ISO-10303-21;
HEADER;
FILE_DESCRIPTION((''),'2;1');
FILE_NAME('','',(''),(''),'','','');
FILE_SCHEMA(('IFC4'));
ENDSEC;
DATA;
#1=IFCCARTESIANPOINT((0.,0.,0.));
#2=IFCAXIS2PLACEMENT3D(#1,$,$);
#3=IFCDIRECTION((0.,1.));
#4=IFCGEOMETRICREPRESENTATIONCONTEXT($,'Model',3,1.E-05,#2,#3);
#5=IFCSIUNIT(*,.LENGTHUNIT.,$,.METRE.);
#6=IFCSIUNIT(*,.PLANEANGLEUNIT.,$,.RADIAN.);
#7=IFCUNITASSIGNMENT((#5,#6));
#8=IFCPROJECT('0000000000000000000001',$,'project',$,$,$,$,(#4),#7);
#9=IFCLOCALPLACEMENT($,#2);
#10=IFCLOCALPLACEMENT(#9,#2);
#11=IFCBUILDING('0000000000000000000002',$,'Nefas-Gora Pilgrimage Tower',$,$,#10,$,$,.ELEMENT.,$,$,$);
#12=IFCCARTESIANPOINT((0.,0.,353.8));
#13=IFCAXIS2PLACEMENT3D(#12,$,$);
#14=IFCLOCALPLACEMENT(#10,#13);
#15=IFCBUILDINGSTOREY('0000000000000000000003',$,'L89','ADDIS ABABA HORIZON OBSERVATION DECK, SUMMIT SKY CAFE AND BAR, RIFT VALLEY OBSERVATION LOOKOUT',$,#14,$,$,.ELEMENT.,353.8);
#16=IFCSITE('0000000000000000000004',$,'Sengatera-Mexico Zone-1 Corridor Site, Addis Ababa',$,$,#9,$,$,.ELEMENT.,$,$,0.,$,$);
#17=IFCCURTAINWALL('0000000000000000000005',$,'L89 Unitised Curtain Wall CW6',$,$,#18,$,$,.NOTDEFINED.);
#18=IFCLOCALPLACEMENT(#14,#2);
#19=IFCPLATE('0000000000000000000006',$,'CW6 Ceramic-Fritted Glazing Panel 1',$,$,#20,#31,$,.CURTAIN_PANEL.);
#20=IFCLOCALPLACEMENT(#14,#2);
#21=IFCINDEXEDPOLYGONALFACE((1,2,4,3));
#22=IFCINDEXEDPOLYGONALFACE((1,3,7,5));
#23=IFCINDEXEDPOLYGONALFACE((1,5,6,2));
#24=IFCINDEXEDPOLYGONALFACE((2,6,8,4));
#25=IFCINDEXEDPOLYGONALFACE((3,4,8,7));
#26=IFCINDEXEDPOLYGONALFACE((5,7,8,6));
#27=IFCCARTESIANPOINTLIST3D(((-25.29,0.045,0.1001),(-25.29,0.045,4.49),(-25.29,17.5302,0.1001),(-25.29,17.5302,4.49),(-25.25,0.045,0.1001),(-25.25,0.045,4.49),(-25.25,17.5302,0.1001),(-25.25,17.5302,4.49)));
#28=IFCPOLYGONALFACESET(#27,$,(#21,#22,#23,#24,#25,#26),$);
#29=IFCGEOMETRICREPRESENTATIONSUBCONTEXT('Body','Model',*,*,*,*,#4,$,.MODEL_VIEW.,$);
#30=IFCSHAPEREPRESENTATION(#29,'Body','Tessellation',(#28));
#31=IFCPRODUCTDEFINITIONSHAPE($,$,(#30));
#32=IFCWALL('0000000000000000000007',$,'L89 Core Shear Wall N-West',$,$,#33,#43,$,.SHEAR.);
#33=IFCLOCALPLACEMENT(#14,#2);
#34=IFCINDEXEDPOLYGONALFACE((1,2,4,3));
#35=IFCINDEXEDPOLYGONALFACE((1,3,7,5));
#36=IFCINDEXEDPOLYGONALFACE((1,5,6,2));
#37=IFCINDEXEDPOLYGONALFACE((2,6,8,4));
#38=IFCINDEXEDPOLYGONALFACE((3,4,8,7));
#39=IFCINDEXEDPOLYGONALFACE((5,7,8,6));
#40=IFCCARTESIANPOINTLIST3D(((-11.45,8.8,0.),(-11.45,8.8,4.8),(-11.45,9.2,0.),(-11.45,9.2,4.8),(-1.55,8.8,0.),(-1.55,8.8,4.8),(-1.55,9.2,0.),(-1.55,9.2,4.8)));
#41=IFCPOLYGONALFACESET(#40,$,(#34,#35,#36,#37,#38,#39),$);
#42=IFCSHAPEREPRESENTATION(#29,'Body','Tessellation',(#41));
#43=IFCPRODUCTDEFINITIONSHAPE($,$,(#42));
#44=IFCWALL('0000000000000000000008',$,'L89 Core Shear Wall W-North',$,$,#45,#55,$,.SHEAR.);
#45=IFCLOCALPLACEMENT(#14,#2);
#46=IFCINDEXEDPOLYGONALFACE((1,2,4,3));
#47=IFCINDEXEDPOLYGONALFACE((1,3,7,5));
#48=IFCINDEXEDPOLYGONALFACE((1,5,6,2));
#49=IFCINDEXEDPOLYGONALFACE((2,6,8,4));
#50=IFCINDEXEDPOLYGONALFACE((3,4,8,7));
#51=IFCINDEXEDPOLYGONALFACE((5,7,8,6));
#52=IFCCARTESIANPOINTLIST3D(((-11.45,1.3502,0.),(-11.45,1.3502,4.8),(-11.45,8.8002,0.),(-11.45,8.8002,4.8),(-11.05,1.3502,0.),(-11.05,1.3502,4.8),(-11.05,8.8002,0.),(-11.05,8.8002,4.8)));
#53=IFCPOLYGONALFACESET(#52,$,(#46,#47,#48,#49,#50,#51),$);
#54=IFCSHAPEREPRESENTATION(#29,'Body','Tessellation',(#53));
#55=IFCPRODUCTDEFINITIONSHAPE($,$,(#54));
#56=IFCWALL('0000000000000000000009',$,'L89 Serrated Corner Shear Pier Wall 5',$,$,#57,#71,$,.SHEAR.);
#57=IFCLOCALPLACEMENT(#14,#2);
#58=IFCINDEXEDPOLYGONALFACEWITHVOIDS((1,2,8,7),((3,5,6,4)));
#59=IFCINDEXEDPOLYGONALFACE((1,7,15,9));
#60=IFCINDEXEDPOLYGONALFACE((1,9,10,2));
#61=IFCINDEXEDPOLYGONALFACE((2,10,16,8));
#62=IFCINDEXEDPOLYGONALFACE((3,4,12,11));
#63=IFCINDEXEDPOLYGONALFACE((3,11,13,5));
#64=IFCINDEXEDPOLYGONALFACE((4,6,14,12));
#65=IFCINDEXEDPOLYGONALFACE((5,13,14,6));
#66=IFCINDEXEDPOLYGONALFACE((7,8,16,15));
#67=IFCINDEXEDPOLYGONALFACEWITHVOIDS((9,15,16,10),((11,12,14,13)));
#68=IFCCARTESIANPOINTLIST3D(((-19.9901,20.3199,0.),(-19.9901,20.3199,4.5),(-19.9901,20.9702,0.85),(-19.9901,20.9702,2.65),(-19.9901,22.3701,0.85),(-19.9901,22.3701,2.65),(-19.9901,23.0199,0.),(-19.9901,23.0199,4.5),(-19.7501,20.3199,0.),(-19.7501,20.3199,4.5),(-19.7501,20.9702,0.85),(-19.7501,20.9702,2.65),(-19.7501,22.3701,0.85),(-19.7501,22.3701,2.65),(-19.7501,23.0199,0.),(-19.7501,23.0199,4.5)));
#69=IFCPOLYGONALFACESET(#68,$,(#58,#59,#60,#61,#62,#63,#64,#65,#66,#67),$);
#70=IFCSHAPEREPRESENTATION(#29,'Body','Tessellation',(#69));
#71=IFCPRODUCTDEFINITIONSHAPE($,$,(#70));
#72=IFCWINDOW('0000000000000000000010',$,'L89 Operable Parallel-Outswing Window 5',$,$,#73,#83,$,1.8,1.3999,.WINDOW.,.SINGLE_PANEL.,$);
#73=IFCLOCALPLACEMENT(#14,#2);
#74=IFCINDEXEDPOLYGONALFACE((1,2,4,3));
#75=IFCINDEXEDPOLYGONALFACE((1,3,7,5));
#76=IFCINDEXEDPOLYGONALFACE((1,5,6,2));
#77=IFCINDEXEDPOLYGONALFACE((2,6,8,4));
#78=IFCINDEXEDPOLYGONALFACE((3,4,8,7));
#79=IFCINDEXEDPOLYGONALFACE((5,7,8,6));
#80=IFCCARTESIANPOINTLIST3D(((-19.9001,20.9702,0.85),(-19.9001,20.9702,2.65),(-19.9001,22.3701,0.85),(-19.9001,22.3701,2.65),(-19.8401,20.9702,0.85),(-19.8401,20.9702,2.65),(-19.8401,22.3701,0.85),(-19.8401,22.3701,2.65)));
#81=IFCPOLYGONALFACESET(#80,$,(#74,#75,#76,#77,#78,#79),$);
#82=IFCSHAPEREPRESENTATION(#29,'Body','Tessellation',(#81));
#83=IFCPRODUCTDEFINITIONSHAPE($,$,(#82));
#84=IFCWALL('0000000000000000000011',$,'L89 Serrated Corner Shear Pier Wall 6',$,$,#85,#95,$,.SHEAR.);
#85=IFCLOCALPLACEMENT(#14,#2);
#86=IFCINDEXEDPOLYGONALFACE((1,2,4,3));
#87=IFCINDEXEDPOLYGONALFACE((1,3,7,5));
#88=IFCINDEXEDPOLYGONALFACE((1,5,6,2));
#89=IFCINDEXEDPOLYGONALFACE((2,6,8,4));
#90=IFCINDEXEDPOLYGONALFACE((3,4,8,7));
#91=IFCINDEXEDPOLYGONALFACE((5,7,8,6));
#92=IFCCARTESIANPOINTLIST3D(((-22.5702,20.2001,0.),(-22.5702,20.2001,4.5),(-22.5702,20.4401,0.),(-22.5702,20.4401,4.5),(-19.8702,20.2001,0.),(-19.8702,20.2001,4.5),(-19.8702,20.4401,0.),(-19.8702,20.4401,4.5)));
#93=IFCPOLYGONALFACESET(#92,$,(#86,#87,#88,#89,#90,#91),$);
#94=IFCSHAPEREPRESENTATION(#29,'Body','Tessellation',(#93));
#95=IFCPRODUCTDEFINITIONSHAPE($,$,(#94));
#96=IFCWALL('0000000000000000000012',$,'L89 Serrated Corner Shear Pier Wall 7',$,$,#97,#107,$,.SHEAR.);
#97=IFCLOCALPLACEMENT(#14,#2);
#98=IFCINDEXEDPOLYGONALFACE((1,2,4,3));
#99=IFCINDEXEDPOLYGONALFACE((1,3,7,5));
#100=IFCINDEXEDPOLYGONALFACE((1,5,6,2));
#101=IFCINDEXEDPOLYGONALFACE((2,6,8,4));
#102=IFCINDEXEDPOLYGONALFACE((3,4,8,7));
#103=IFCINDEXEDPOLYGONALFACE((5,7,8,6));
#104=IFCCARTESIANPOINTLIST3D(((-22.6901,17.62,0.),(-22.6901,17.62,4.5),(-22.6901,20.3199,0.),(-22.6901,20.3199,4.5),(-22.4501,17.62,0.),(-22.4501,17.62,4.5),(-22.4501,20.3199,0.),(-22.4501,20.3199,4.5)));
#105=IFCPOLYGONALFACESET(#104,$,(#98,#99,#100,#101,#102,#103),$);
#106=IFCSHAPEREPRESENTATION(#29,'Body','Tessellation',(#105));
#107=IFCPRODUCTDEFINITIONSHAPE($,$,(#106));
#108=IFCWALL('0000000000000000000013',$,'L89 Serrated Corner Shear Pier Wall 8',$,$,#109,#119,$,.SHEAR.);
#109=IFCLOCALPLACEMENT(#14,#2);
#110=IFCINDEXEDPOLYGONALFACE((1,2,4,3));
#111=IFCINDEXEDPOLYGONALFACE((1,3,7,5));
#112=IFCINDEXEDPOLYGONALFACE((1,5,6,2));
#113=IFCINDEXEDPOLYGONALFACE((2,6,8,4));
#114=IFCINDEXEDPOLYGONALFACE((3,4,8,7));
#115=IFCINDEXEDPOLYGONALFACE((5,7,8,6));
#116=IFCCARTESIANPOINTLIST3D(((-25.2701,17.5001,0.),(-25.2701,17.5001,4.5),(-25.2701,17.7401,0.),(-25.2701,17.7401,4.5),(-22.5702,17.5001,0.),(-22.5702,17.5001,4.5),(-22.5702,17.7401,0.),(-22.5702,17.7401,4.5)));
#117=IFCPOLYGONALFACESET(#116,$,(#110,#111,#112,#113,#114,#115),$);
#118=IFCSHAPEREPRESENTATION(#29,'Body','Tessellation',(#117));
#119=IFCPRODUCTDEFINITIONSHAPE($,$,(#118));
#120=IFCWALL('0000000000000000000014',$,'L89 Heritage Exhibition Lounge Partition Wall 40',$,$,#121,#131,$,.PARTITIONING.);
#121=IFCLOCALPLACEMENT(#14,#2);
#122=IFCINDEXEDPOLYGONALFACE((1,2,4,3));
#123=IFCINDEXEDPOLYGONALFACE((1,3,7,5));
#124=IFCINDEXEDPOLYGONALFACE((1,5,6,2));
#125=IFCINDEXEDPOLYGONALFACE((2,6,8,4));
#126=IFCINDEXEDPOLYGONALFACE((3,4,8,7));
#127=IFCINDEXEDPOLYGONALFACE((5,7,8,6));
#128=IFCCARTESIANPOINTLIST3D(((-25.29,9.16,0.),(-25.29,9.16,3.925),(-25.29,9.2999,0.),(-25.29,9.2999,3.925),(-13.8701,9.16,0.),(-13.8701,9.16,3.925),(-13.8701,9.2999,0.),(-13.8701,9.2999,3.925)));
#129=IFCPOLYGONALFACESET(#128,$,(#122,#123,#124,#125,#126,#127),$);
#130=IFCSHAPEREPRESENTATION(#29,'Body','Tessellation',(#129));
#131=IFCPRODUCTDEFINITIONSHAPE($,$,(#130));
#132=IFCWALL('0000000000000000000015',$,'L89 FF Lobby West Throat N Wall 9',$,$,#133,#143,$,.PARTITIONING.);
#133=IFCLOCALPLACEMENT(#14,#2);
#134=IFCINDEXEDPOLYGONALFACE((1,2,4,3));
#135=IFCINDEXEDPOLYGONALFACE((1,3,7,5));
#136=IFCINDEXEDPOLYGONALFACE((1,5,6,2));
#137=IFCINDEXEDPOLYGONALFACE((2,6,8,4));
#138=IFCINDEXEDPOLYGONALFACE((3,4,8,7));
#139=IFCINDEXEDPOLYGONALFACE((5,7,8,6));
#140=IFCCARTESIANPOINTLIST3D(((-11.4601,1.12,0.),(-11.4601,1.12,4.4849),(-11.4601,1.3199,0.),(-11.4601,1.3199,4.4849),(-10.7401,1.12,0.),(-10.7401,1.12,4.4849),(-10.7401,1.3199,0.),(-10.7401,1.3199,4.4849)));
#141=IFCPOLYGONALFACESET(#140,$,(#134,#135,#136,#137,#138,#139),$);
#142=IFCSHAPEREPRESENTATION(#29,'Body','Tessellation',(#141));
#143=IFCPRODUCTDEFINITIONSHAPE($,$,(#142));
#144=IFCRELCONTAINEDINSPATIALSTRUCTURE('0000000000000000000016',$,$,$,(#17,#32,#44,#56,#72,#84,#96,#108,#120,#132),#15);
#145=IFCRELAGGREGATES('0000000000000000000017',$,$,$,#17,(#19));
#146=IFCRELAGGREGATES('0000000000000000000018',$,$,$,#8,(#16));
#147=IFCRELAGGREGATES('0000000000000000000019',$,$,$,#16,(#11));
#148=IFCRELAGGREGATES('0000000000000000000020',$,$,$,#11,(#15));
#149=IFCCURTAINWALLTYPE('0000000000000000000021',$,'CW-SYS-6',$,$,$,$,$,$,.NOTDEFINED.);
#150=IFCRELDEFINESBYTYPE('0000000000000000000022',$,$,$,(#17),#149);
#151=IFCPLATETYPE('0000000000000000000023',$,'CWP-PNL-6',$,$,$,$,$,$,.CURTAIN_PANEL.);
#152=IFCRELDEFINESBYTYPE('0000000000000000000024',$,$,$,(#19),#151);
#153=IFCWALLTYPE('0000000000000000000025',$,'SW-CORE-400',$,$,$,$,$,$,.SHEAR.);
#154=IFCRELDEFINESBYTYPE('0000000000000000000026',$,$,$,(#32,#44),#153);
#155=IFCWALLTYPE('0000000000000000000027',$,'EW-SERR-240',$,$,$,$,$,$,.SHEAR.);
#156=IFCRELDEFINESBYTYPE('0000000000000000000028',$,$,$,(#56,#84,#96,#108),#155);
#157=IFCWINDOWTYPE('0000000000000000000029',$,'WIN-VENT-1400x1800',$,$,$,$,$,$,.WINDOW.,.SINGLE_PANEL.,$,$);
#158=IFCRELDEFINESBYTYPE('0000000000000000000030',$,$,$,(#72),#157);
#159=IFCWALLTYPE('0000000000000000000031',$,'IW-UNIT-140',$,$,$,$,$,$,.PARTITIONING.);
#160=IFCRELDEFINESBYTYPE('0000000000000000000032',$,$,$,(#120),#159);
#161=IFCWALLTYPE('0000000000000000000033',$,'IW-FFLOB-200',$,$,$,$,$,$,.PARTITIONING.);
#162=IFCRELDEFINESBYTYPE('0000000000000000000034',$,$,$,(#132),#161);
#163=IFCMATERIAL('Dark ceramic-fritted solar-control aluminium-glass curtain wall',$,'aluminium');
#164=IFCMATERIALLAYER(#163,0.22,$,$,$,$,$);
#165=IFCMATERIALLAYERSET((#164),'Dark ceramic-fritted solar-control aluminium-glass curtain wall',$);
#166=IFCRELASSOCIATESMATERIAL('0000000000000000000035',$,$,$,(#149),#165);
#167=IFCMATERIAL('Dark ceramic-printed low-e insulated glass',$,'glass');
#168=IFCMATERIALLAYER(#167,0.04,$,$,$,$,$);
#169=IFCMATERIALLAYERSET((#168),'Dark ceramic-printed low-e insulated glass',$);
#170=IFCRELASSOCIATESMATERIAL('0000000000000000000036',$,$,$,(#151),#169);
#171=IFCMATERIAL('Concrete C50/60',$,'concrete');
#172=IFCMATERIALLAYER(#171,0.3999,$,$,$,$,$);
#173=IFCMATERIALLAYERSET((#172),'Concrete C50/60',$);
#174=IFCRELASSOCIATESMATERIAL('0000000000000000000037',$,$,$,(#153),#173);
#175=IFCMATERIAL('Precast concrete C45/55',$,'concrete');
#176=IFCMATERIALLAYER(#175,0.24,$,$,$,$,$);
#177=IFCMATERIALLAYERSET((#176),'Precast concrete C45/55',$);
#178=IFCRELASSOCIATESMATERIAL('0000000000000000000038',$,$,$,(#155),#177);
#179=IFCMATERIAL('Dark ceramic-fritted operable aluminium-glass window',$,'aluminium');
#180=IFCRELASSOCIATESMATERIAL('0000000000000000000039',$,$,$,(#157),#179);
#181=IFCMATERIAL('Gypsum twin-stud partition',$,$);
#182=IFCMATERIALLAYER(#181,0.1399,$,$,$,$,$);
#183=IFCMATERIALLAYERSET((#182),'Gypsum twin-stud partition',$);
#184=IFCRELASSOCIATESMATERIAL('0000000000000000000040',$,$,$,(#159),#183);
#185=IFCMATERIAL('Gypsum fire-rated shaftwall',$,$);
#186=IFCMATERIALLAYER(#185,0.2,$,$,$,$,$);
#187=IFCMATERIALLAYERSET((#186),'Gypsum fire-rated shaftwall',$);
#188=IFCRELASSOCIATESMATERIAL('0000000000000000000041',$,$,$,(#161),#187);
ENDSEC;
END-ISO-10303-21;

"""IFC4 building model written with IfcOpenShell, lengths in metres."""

from ifc_helpers import new_model, si_unit, direction, frame, frame_2d, origin, origin_2d, place, context, subcontext, project, spatial, rectangle, extrude, source, transform, mapped, material, layer, layer_set, type_object, element, fill, aggregate, save


model = new_model("IFC4")

# Units and contexts
model_context = context("Model", 3, precision=1e-05, world=origin(), true_north=direction((0.0, 1.0)))
body_context = subcontext(model_context, "Body", "Model", "MODEL_VIEW")
ifc_project = project(units=[si_unit("LENGTHUNIT", "METRE"), si_unit("PLANEANGLEUNIT", "RADIAN")], contexts=[model_context])

# Site, building, storey
site_placement = place(None, origin())
site = spatial("IfcSite", under=ifc_project, at=site_placement, Name="Sengatera-Mexico Zone-1 Corridor Site, Addis Ababa", CompositionType="ELEMENT", RefElevation=0.0)
building_placement = place(site_placement, origin())
building = spatial("IfcBuilding", under=site, at=building_placement, Name="Nefas-Gora Pilgrimage Tower", CompositionType="ELEMENT")
storey_placement = place(building_placement, frame((0.0, 0.0, 353.8)))
storey = spatial("IfcBuildingStorey", under=building, at=storey_placement, Name="L89", Description="ADDIS ABABA HORIZON OBSERVATION DECK, SUMMIT SKY CAFE AND BAR, RIFT VALLEY OBSERVATION LOOKOUT", CompositionType="ELEMENT", Elevation=353.8)

# Shared definitions
ifc_material_1 = material(Name="Concrete C50/60", Category="concrete")

# Shared definitions
ifc_material_2 = material(Name="Dark ceramic-fritted solar-control aluminium-glass curtain wall", Category="aluminium")
ifc_layer_1 = layer(ifc_material_2, 0.22)
ifc_layer_set_1 = layer_set([ifc_layer_1], Name="Dark ceramic-fritted solar-control aluminium-glass curtain wall")
curtain_wall_type = type_object("IfcCurtainWallType", Name="CW-SYS-6", PredefinedType="NOTDEFINED", material=ifc_layer_set_1)

# Curtain wall
curtain_wall_1_placement = place(storey_placement, origin())
curtain_wall_1 = element("IfcCurtainWall", 1, at=curtain_wall_1_placement, inside=storey, type_object=curtain_wall_type, Name="L89 Unitised Curtain Wall CW6", PredefinedType="NOTDEFINED")

# Plate
ifc_material_3 = material(Name="Dark ceramic-printed low-e insulated glass", Category="glass")
ifc_layer_2 = layer(ifc_material_3, 0.04)
ifc_layer_set_2 = layer_set([ifc_layer_2], Name="Dark ceramic-printed low-e insulated glass")
plate_type_1 = type_object("IfcPlateType", Name="CWP-PNL-6", PredefinedType="CURTAIN_PANEL", material=ifc_layer_set_2)
shared_shape_1 = source(origin(), body_context, "Body", "SweptSolid", [
    extrude(rectangle(XDim=17.4851, YDim=0.04, at=origin_2d()), origin(), (0.0, 0.0, 1.0), 4.3899),
])
plate_placement = place(storey_placement, frame((-25.27, 8.7876, 0.1001), z_axis=(0.0, 0.0, 1.0), x_axis=(0.0, -1.0, 0.0)))
plate = element("IfcPlate", 2, at=plate_placement, type_object=plate_type_1, Name="CW6 Ceramic-Fritted Glazing Panel 1", PredefinedType="CURTAIN_PANEL", context=body_context, shape_type="MappedRepresentation", body=[
    mapped(shared_shape_1, transform((0.0, 0.0, 0.0), x_axis=(1.0, 0.0, 0.0), y_axis=(0.0, 1.0, 0.0), z_axis=(0.0, 0.0, 1.0), scale=1.0)),
])
aggregate(curtain_wall_1, [plate])

# Walls
ifc_layer_3 = layer(ifc_material_1, 0.3999)
ifc_layer_set_3 = layer_set([ifc_layer_3], Name="Concrete C50/60")
wall_type_1 = type_object("IfcWallType", Name="SW-CORE-400", PredefinedType="SHEAR", material=ifc_layer_set_3)
shared_shape_2 = source(origin(), body_context, "Body", "SweptSolid", [
    extrude(rectangle(XDim=9.8999, YDim=0.3999, at=frame_2d((4.95, 0.0))), origin(), (0.0, 0.0, 1.0), 4.8),
])
wall_1_placement = place(storey_placement, frame((-11.45, 9.0, 0.0), z_axis=(0.0, 0.0, 1.0), x_axis=(1.0, 0.0, 0.0)))
element("IfcWall", 3, at=wall_1_placement, inside=storey, type_object=wall_type_1, Name="L89 Core Shear Wall N-West", PredefinedType="SHEAR", context=body_context, shape_type="MappedRepresentation", body=[
    mapped(shared_shape_2, transform((0.0, 0.0, 0.0), x_axis=(1.0, 0.0, 0.0), y_axis=(0.0, 1.0, 0.0), z_axis=(0.0, 0.0, 1.0), scale=1.0)),
])
shared_shape_3 = source(origin(), body_context, "Body", "SweptSolid", [
    extrude(rectangle(XDim=7.45, YDim=0.3999, at=frame_2d((3.7251, 0.0))), origin(), (0.0, 0.0, 1.0), 4.8),
])
wall_2_placement = place(storey_placement, frame((-11.25, 1.3501, 0.0), z_axis=(0.0, 0.0, 1.0), x_axis=(0.0, 1.0, 0.0)))
element("IfcWall", 4, at=wall_2_placement, inside=storey, type_object=wall_type_1, Name="L89 Core Shear Wall W-North", PredefinedType="SHEAR", context=body_context, shape_type="MappedRepresentation", body=[
    mapped(shared_shape_3, transform((0.0, 0.0, 0.0), x_axis=(1.0, 0.0, 0.0), y_axis=(0.0, 1.0, 0.0), z_axis=(0.0, 0.0, 1.0), scale=1.0)),
])

# Wall, opening, window
ifc_material_4 = material(Name="Precast concrete C45/55", Category="concrete")
ifc_layer_4 = layer(ifc_material_4, 0.24)
ifc_layer_set_4 = layer_set([ifc_layer_4], Name="Precast concrete C45/55")
wall_type_2 = type_object("IfcWallType", Name="EW-SERR-240", PredefinedType="SHEAR", material=ifc_layer_set_4)
shared_shape_4 = source(origin(), body_context, "Body", "SweptSolid", [
    extrude(rectangle(XDim=2.7, YDim=0.24, at=frame_2d((1.3501, 0.0))), origin(), (0.0, 0.0, 1.0), 4.5),
])
wall_3_placement = place(storey_placement, frame((-19.8701, 23.02, 0.0), z_axis=(0.0, 0.0, 1.0), x_axis=(0.0, -1.0, 0.0)))
wall_3 = element("IfcWall", 5, at=wall_3_placement, inside=storey, type_object=wall_type_2, Name="L89 Serrated Corner Shear Pier Wall 5", PredefinedType="SHEAR", context=body_context, shape_type="MappedRepresentation", body=[
    mapped(shared_shape_4, transform((0.0, 0.0, 0.0), x_axis=(1.0, 0.0, 0.0), y_axis=(0.0, 1.0, 0.0), z_axis=(0.0, 0.0, 1.0), scale=1.0)),
])
opening_1_placement = place(wall_3_placement, frame((0.6499, 0.0, 0.8501)))
opening_1 = element("IfcOpeningElement", 6, at=opening_1_placement, cuts=wall_3, PredefinedType="OPENING", context=body_context, shape_type="SweptSolid", body=[
    extrude(rectangle(XDim=1.3999, YDim=1.8, at=frame_2d((0.7, 0.8999))), frame((0.0, 0.1299, 0.0), z_axis=(0.0, -1.0, 0.0), x_axis=(1.0, 0.0, 0.0)), (0.0, 0.0, 1.0), 0.26),
])
ifc_material_5 = material(Name="Dark ceramic-fritted operable aluminium-glass window", Category="aluminium")
window_type = type_object("IfcWindowType", Name="WIN-VENT-1400x1800", PartitioningType="SINGLE_PANEL", PredefinedType="WINDOW", material=ifc_material_5)
shared_shape_5 = source(origin(), body_context, "Body", "SweptSolid", [
    extrude(rectangle(XDim=1.3999, YDim=1.8, at=frame_2d((0.7, 0.8999))), frame((0.0, 0.03, 0.0), z_axis=(0.0, -1.0, 0.0), x_axis=(1.0, 0.0, 0.0)), (0.0, 0.0, 1.0), 0.0601),
])
window_placement = place(opening_1_placement, origin())
window = element("IfcWindow", 7, at=window_placement, inside=storey, type_object=window_type, Name="L89 Operable Parallel-Outswing Window 5", OverallHeight=1.8, OverallWidth=1.3999, PartitioningType="SINGLE_PANEL", PredefinedType="WINDOW", context=body_context, shape_type="MappedRepresentation", body=[
    mapped(shared_shape_5, transform((0.0, 0.0, 0.0), x_axis=(1.0, 0.0, 0.0), y_axis=(0.0, 1.0, 0.0), z_axis=(0.0, 0.0, 1.0), scale=1.0)),
])
fill(opening_1, window)

# Walls
for number, where, z_axis, x_axis, name in (
    (8, (-19.8701, 20.3201, 0.0), (0.0, 0.0, 1.0), (-1.0, 0.0, 0.0), "L89 Serrated Corner Shear Pier Wall 6"),
    (9, (-22.5701, 20.3201, 0.0), (0.0, 0.0, 1.0), (0.0, -1.0, 0.0), "L89 Serrated Corner Shear Pier Wall 7"),
    (10, (-22.5701, 17.6201, 0.0), (0.0, 0.0, 1.0), (-1.0, 0.0, 0.0), "L89 Serrated Corner Shear Pier Wall 8"),
):
    element("IfcWall", number, at=place(storey_placement, frame(where, z_axis=z_axis, x_axis=x_axis)), inside=storey, type_object=wall_type_2, Name=name, PredefinedType="SHEAR", context=body_context, shape_type="MappedRepresentation", body=[
        mapped(shared_shape_4, transform((0.0, 0.0, 0.0), x_axis=(1.0, 0.0, 0.0), y_axis=(0.0, 1.0, 0.0), z_axis=(0.0, 0.0, 1.0), scale=1.0)),
    ])
ifc_material_6 = material(Name="Gypsum twin-stud partition")
ifc_layer_5 = layer(ifc_material_6, 0.1399)
ifc_layer_set_5 = layer_set([ifc_layer_5], Name="Gypsum twin-stud partition")
wall_type_3 = type_object("IfcWallType", Name="IW-UNIT-140", PredefinedType="PARTITIONING", material=ifc_layer_set_5)
shared_shape_6 = source(origin(), body_context, "Body", "SweptSolid", [
    extrude(rectangle(XDim=11.4199, YDim=0.1399, at=frame_2d((5.71, 0.0))), origin(), (0.0, 0.0, 1.0), 3.925),
])
wall_4_placement = place(storey_placement, frame((-25.29, 9.23, 0.0), z_axis=(0.0, 0.0, 1.0), x_axis=(1.0, 0.0, 0.0)))
element("IfcWall", 11, at=wall_4_placement, inside=storey, type_object=wall_type_3, Name="L89 Heritage Exhibition Lounge Partition Wall 40", PredefinedType="PARTITIONING", context=body_context, shape_type="MappedRepresentation", body=[
    mapped(shared_shape_6, transform((0.0, 0.0, 0.0), x_axis=(1.0, 0.0, 0.0), y_axis=(0.0, 1.0, 0.0), z_axis=(0.0, 0.0, 1.0), scale=1.0)),
])
ifc_material_7 = material(Name="Gypsum fire-rated shaftwall")
ifc_layer_6 = layer(ifc_material_7, 0.2)
ifc_layer_set_6 = layer_set([ifc_layer_6], Name="Gypsum fire-rated shaftwall")
wall_type_4 = type_object("IfcWallType", Name="IW-FFLOB-200", PredefinedType="PARTITIONING", material=ifc_layer_set_6)
shared_shape_7 = source(origin(), body_context, "Body", "SweptSolid", [
    extrude(rectangle(XDim=0.72, YDim=0.2, at=frame_2d((0.3599, 0.0))), origin(), (0.0, 0.0, 1.0), 4.4849),
])
wall_5_placement = place(storey_placement, frame((-11.46, 1.22, 0.0), z_axis=(0.0, 0.0, 1.0), x_axis=(1.0, 0.0, 0.0)))
element("IfcWall", 12, at=wall_5_placement, inside=storey, type_object=wall_type_4, Name="L89 FF Lobby West Throat N Wall 9", PredefinedType="PARTITIONING", context=body_context, shape_type="MappedRepresentation", body=[
    mapped(shared_shape_7, transform((0.0, 0.0, 0.0), x_axis=(1.0, 0.0, 0.0), y_axis=(0.0, 1.0, 0.0), z_axis=(0.0, 0.0, 1.0), scale=1.0)),
])

save(model, "model.ifc")
